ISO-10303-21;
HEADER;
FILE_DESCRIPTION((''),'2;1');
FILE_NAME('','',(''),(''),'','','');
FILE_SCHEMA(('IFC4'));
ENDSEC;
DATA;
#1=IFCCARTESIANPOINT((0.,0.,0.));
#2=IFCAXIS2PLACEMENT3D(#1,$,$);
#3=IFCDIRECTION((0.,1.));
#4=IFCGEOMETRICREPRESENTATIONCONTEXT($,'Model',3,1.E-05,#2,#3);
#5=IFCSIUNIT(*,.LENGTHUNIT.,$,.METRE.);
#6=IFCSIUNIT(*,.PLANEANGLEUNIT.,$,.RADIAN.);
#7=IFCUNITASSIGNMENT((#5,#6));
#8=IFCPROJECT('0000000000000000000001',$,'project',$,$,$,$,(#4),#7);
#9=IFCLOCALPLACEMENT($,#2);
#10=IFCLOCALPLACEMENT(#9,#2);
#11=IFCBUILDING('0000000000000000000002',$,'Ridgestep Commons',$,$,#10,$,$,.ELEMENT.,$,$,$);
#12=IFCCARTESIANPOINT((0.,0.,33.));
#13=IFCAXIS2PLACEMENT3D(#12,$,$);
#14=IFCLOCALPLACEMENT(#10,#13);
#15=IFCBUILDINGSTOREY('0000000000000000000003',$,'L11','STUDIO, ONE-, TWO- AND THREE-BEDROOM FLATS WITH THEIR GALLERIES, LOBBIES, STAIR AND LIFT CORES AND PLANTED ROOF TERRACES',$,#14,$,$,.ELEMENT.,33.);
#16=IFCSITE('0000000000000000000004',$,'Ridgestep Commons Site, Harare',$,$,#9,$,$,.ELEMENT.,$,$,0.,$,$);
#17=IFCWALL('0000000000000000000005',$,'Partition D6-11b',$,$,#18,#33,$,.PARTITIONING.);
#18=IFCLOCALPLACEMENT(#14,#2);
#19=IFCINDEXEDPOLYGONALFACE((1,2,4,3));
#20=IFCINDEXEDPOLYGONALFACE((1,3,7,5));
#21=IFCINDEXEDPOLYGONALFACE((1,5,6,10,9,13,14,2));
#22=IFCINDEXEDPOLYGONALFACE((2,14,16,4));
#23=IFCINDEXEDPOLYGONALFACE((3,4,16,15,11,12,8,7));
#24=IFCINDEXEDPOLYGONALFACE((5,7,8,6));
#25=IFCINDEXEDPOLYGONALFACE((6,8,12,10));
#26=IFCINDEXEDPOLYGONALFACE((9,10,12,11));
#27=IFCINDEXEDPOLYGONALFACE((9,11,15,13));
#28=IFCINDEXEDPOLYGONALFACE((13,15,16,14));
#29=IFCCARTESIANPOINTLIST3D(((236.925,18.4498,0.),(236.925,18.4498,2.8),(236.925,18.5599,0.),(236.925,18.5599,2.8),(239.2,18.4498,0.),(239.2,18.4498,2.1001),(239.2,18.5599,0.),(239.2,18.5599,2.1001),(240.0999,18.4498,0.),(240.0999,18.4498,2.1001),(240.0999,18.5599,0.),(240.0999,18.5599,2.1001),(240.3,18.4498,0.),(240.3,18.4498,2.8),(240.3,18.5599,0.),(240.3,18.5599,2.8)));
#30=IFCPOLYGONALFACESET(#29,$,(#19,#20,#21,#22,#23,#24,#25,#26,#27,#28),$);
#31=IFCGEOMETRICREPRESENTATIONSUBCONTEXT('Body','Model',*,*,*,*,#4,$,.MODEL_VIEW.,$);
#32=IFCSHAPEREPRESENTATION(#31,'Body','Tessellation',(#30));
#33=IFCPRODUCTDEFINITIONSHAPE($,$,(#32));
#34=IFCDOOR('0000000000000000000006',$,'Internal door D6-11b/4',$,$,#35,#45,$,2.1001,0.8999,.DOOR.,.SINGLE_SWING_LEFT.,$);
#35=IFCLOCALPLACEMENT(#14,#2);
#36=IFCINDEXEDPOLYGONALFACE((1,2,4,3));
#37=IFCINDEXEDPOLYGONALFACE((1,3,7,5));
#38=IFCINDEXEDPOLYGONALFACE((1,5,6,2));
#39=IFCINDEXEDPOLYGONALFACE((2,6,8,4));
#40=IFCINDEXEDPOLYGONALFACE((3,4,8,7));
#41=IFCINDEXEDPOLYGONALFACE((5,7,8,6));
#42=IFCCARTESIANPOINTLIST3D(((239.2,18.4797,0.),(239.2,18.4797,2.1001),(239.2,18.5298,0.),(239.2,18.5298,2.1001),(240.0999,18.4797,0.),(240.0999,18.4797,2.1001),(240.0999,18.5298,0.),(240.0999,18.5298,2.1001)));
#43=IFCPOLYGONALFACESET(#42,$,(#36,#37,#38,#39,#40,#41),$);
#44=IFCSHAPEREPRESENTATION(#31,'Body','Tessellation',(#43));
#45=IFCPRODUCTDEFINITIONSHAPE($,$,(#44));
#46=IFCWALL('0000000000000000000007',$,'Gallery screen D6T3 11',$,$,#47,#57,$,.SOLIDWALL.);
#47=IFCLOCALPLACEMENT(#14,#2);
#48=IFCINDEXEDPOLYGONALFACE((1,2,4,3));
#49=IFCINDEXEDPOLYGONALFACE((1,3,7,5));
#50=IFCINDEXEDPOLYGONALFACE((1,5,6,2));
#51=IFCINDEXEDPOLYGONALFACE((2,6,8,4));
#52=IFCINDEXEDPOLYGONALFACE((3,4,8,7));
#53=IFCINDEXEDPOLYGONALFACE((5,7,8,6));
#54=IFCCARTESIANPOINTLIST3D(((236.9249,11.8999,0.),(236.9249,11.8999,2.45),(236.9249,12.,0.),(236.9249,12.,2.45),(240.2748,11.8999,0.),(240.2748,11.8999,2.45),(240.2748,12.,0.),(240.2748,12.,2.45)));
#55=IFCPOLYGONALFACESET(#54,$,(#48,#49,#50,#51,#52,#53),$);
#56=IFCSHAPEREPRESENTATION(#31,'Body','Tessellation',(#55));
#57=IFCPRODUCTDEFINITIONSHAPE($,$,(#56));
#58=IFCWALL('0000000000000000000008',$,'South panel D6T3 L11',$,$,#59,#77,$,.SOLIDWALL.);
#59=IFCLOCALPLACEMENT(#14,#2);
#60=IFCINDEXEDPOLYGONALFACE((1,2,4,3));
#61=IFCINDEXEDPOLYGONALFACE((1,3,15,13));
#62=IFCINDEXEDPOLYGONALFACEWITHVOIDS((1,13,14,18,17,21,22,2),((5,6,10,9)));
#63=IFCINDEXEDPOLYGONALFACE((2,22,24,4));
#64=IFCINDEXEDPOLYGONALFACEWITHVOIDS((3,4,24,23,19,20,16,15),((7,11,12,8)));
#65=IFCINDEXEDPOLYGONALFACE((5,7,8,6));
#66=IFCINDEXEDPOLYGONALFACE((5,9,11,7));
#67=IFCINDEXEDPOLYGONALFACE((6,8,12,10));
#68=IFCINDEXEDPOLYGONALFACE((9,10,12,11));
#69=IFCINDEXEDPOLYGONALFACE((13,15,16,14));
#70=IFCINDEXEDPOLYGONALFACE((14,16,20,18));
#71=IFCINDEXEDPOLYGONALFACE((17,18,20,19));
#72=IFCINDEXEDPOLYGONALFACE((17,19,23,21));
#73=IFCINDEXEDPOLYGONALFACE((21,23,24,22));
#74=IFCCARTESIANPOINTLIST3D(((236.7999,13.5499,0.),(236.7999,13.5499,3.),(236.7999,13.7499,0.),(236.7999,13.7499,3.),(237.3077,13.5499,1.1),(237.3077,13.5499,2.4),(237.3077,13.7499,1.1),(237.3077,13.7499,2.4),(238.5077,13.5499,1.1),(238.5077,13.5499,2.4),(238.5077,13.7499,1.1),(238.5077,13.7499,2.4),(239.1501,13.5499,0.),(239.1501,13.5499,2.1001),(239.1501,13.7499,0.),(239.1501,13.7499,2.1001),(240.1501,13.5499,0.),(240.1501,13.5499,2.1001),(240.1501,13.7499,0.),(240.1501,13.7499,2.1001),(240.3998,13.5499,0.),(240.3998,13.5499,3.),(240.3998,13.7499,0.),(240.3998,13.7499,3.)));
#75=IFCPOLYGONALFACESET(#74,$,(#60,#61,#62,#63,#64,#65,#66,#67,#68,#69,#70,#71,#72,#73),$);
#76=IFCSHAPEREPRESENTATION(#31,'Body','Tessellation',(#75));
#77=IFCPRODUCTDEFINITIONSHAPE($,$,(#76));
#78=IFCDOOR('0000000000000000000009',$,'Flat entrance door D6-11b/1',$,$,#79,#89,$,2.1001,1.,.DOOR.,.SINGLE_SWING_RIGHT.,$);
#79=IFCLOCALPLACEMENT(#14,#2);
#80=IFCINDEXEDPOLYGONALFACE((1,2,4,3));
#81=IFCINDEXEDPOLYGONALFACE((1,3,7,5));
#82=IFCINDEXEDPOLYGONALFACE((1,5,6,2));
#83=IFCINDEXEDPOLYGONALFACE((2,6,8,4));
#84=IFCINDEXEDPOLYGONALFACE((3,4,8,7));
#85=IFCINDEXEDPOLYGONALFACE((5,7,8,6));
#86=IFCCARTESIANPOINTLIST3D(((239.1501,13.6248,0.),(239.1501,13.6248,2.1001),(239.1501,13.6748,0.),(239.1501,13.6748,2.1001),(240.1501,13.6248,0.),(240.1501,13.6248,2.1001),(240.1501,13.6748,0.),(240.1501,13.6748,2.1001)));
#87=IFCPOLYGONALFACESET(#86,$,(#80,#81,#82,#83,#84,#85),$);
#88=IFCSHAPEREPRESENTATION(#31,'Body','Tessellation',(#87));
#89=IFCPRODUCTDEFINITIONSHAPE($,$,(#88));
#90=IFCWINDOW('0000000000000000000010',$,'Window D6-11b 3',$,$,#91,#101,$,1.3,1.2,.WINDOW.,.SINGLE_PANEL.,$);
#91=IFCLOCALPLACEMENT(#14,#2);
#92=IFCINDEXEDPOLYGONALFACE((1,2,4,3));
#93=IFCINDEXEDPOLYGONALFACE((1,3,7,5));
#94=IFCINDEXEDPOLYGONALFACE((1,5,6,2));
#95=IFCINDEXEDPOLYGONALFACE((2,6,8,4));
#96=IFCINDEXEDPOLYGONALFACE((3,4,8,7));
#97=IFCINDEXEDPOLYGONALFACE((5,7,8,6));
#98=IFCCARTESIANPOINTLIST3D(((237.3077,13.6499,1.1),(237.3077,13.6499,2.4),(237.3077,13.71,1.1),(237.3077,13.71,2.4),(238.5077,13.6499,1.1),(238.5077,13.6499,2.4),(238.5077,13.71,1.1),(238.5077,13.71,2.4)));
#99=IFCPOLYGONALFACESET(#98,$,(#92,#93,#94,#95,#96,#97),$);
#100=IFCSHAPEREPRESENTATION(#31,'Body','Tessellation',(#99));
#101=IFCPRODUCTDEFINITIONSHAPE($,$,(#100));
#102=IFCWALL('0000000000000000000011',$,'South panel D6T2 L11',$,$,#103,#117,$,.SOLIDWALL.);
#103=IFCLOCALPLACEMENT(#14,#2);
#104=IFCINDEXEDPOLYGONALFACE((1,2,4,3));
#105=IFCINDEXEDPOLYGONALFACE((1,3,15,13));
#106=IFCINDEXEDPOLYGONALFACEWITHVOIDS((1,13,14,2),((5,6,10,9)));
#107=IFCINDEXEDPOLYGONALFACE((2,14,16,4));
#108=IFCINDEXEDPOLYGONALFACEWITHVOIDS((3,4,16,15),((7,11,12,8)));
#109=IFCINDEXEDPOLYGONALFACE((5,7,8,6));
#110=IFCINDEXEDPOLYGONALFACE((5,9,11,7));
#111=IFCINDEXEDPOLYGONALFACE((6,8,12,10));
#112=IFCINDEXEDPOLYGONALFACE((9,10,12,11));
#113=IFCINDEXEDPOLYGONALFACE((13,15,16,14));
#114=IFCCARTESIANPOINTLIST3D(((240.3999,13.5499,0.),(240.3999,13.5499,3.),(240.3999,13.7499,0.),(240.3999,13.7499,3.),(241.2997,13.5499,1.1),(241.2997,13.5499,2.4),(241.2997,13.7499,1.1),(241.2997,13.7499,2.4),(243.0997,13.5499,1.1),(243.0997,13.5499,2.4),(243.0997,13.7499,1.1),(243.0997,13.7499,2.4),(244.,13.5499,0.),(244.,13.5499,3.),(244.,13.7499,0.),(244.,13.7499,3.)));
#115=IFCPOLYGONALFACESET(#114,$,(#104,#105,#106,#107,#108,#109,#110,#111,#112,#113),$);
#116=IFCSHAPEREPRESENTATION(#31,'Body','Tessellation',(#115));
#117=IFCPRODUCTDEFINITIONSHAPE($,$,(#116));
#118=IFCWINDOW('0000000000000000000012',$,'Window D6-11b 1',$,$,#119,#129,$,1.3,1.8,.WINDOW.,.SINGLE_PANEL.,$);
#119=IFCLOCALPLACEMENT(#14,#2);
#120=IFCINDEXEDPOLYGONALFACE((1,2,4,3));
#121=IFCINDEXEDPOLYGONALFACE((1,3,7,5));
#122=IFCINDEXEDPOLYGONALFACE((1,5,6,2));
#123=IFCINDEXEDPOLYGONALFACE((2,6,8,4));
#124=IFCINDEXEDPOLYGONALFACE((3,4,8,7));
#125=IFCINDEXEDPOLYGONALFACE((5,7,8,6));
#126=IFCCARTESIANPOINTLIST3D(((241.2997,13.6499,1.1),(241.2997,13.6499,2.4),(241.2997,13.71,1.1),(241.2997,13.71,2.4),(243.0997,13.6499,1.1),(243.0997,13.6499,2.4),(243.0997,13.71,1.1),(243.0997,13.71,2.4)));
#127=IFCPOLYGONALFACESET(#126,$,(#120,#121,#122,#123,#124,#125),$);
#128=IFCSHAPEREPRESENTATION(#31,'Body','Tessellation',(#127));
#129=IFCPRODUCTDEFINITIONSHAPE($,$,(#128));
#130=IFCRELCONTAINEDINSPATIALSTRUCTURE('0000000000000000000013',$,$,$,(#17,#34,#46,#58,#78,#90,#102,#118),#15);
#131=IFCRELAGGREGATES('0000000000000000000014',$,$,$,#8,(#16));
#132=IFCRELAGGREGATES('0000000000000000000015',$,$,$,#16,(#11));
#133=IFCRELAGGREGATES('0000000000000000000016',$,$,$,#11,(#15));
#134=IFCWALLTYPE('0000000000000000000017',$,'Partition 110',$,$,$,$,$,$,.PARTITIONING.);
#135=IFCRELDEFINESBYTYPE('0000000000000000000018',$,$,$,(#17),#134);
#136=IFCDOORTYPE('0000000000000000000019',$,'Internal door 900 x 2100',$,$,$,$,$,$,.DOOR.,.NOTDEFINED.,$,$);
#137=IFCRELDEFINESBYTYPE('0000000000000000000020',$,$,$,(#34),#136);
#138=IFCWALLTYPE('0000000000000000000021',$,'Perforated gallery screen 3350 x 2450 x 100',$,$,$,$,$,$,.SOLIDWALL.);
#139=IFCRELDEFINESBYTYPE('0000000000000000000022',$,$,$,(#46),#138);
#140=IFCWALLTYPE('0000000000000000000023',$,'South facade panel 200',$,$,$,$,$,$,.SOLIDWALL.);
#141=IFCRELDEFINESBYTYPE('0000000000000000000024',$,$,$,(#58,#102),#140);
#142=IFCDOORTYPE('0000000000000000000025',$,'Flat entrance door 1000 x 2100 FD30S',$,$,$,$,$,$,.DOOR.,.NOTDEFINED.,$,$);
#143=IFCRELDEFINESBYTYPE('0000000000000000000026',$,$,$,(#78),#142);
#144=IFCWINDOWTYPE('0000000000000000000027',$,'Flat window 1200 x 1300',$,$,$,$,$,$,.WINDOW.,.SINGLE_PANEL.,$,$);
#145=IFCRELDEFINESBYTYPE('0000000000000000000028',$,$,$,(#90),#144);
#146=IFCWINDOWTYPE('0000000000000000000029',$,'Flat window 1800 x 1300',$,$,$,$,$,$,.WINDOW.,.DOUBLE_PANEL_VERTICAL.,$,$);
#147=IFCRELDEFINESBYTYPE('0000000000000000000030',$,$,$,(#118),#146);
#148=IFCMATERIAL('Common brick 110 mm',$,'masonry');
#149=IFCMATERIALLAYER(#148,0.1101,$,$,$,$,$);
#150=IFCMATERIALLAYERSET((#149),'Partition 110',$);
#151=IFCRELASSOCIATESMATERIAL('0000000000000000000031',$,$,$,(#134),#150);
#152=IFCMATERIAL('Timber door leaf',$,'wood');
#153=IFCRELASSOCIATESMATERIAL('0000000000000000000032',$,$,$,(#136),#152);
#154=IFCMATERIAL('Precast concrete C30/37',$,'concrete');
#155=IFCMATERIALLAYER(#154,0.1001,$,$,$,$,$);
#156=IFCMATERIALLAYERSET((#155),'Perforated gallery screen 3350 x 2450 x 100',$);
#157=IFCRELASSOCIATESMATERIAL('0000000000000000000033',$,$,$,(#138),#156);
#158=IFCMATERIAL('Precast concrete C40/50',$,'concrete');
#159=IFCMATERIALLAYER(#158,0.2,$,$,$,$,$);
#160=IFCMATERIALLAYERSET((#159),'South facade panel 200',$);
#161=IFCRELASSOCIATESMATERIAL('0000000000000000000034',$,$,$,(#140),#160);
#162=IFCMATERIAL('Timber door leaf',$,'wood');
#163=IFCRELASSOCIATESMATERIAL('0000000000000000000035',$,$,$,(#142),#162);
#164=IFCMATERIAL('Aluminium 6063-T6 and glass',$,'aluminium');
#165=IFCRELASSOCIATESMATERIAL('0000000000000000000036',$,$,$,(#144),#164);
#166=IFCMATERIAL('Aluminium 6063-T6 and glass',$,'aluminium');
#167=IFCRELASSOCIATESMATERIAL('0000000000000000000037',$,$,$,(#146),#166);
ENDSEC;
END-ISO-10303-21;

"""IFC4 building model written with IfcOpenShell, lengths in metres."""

from ifc_helpers import new_model, si_unit, direction, frame, frame_2d, origin, place, context, subcontext, project, spatial, rectangle, extrude, material, layer, layer_set, type_object, element, fill, save


model = new_model("IFC4")

# Units and contexts
model_context = context("Model", 3, precision=1e-05, world=origin(), true_north=direction((0.0, 1.0)))
body_context = subcontext(model_context, "Body", "Model", "MODEL_VIEW")
ifc_project = project(units=[si_unit("LENGTHUNIT", "METRE"), si_unit("PLANEANGLEUNIT", "RADIAN")], contexts=[model_context])

# Site, building, storey
site_placement = place(None, origin())
site = spatial("IfcSite", under=ifc_project, at=site_placement, Name="Ridgestep Commons Site, Harare", CompositionType="ELEMENT", RefElevation=0.0)
building_placement = place(site_placement, origin())
building = spatial("IfcBuilding", under=site, at=building_placement, Name="Ridgestep Commons", CompositionType="ELEMENT")
storey_placement = place(building_placement, frame((0.0, 0.0, 33.0)))
storey = spatial("IfcBuildingStorey", under=building, at=storey_placement, Name="L11", Description="STUDIO, ONE-, TWO- AND THREE-BEDROOM FLATS WITH THEIR GALLERIES, LOBBIES, STAIR AND LIFT CORES AND PLANTED ROOF TERRACES", CompositionType="ELEMENT", Elevation=33.0)

# Shared definitions
ifc_material_1 = material(Name="Common brick 110 mm", Category="masonry")
ifc_layer_1 = layer(ifc_material_1, 0.1101)
ifc_layer_set_1 = layer_set([ifc_layer_1], Name="Partition 110")
wall_type_1 = type_object("IfcWallType", Name="Partition 110", PredefinedType="PARTITIONING", material=ifc_layer_set_1)

# Wall, opening, door
wall_1_placement = place(storey_placement, frame((236.925, 18.5049, 0.0), z_axis=(0.0, 0.0, 1.0), x_axis=(1.0, 0.0, 0.0)))
wall_1 = element("IfcWall", 1, at=wall_1_placement, inside=storey, type_object=wall_type_1, Name="Partition D6-11b", PredefinedType="PARTITIONING", context=body_context, shape_type="SweptSolid", body=[
    extrude(rectangle(XDim=3.375, YDim=0.1101, at=frame_2d((1.6875, 0.0))), origin(), (0.0, 0.0, 1.0), 2.8),
])
opening_1_placement = place(wall_1_placement, frame((2.2749, 0.0, 0.0)))
opening_1 = element("IfcOpeningElement", 2, at=opening_1_placement, cuts=wall_1, PredefinedType="OPENING", context=body_context, shape_type="SweptSolid", body=[
    extrude(rectangle(XDim=0.8999, YDim=2.1001, at=frame_2d((0.45, 1.05))), frame((0.0, 0.0649, 0.0), z_axis=(0.0, -1.0, 0.0), x_axis=(1.0, 0.0, 0.0)), (0.0, 0.0, 1.0), 0.1301),
])
ifc_material_2 = material(Name="Timber door leaf", Category="wood")
door_type_1 = type_object("IfcDoorType", Name="Internal door 900 x 2100", OperationType="NOTDEFINED", PredefinedType="DOOR", material=ifc_material_2)
door_1_placement = place(opening_1_placement, origin())
door_1 = element("IfcDoor", 3, at=door_1_placement, inside=storey, type_object=door_type_1, Name="Internal door D6-11b/4", OperationType="SINGLE_SWING_LEFT", OverallHeight=2.1001, OverallWidth=0.8999, PredefinedType="DOOR", context=body_context, shape_type="SweptSolid", body=[
    extrude(rectangle(XDim=0.8999, YDim=2.1001, at=frame_2d((0.45, 1.05))), frame((0.0, 0.0249, 0.0), z_axis=(0.0, -1.0, 0.0), x_axis=(1.0, 0.0, 0.0)), (0.0, 0.0, 1.0), 0.05),
])
fill(opening_1, door_1)

# Wall
ifc_material_3 = material(Name="Precast concrete C30/37", Category="concrete")
ifc_layer_2 = layer(ifc_material_3, 0.1001)
ifc_layer_set_2 = layer_set([ifc_layer_2], Name="Perforated gallery screen 3350 x 2450 x 100")
wall_type_2 = type_object("IfcWallType", Name="Perforated gallery screen 3350 x 2450 x 100", PredefinedType="SOLIDWALL", material=ifc_layer_set_2)
wall_2_placement = place(storey_placement, frame((236.925, 11.95, 0.0), z_axis=(0.0, 0.0, 1.0), x_axis=(1.0, 0.0, 0.0)))
element("IfcWall", 4, at=wall_2_placement, inside=storey, type_object=wall_type_2, Name="Gallery screen D6T3 11", PredefinedType="SOLIDWALL", context=body_context, shape_type="SweptSolid", body=[
    extrude(rectangle(XDim=3.3499, YDim=0.1001, at=frame_2d((1.6748, 0.0))), origin(), (0.0, 0.0, 1.0), 2.45),
])

# Wall, openings, door, window
ifc_material_4 = material(Name="Precast concrete C40/50", Category="concrete")
ifc_layer_3 = layer(ifc_material_4, 0.2)
ifc_layer_set_3 = layer_set([ifc_layer_3], Name="South facade panel 200")
wall_type_3 = type_object("IfcWallType", Name="South facade panel 200", PredefinedType="SOLIDWALL", material=ifc_layer_set_3)
wall_3_placement = place(storey_placement, frame((236.8, 13.6499, 0.0), z_axis=(0.0, 0.0, 1.0), x_axis=(1.0, 0.0, 0.0)))
wall_3 = element("IfcWall", 5, at=wall_3_placement, inside=storey, type_object=wall_type_3, Name="South panel D6T3 L11", PredefinedType="SOLIDWALL", context=body_context, shape_type="SweptSolid", body=[
    extrude(rectangle(XDim=3.5999, YDim=0.2, at=frame_2d((1.7998, 0.0))), origin(), (0.0, 0.0, 1.0), 3.0),
])
opening_2_placement = place(wall_3_placement, frame((0.5076, 0.0, 1.1001)))
opening_2 = element("IfcOpeningElement", 6, at=opening_2_placement, cuts=wall_3, PredefinedType="OPENING", context=body_context, shape_type="SweptSolid", body=[
    extrude(rectangle(XDim=1.2, YDim=1.3, at=frame_2d((0.6001, 0.6499))), frame((0.0, 0.1099, 0.0), z_axis=(0.0, -1.0, 0.0), x_axis=(1.0, 0.0, 0.0)), (0.0, 0.0, 1.0), 0.22),
])
opening_3_placement = place(wall_3_placement, frame((2.3501, 0.0, 0.0)))
opening_3 = element("IfcOpeningElement", 7, at=opening_3_placement, cuts=wall_3, PredefinedType="OPENING", context=body_context, shape_type="SweptSolid", body=[
    extrude(rectangle(XDim=1.0, YDim=2.1001, at=frame_2d((0.5, 1.05))), frame((0.0, 0.1099, 0.0), z_axis=(0.0, -1.0, 0.0), x_axis=(1.0, 0.0, 0.0)), (0.0, 0.0, 1.0), 0.22),
])
ifc_material_5 = material(Name="Timber door leaf", Category="wood")
door_type_2 = type_object("IfcDoorType", Name="Flat entrance door 1000 x 2100 FD30S", OperationType="NOTDEFINED", PredefinedType="DOOR", material=ifc_material_5)
door_2_placement = place(opening_3_placement, origin())
door_2 = element("IfcDoor", 8, at=door_2_placement, inside=storey, type_object=door_type_2, Name="Flat entrance door D6-11b/1", OperationType="SINGLE_SWING_RIGHT", OverallHeight=2.1001, OverallWidth=1.0, PredefinedType="DOOR", context=body_context, shape_type="SweptSolid", body=[
    extrude(rectangle(XDim=1.0, YDim=2.1001, at=frame_2d((0.5, 1.05))), frame((0.0, 0.0249, 0.0), z_axis=(0.0, -1.0, 0.0), x_axis=(1.0, 0.0, 0.0)), (0.0, 0.0, 1.0), 0.05),
])
fill(opening_3, door_2)
ifc_material_6 = material(Name="Aluminium 6063-T6 and glass", Category="aluminium")
window_type_1 = type_object("IfcWindowType", Name="Flat window 1200 x 1300", PartitioningType="SINGLE_PANEL", PredefinedType="WINDOW", material=ifc_material_6)
window_1_placement = place(opening_2_placement, origin())
window_1 = element("IfcWindow", 9, at=window_1_placement, inside=storey, type_object=window_type_1, Name="Window D6-11b 3", OverallHeight=1.3, OverallWidth=1.2, PartitioningType="SINGLE_PANEL", PredefinedType="WINDOW", context=body_context, shape_type="SweptSolid", body=[
    extrude(rectangle(XDim=1.2, YDim=1.3, at=frame_2d((0.6001, 0.6499))), frame((0.0, 0.0601, 0.0), z_axis=(0.0, -1.0, 0.0), x_axis=(1.0, 0.0, 0.0)), (0.0, 0.0, 1.0), 0.0601),
])
fill(opening_2, window_1)

# Wall, opening, window
wall_4_placement = place(storey_placement, frame((240.3999, 13.6499, 0.0), z_axis=(0.0, 0.0, 1.0), x_axis=(1.0, 0.0, 0.0)))
wall_4 = element("IfcWall", 10, at=wall_4_placement, inside=storey, type_object=wall_type_3, Name="South panel D6T2 L11", PredefinedType="SOLIDWALL", context=body_context, shape_type="SweptSolid", body=[
    extrude(rectangle(XDim=3.6001, YDim=0.2, at=frame_2d((1.8, 0.0))), origin(), (0.0, 0.0, 1.0), 3.0),
])
opening_4_placement = place(wall_4_placement, frame((0.8999, 0.0, 1.1001)))
opening_4 = element("IfcOpeningElement", 11, at=opening_4_placement, cuts=wall_4, PredefinedType="OPENING", context=body_context, shape_type="SweptSolid", body=[
    extrude(rectangle(XDim=1.8, YDim=1.3, at=frame_2d((0.8999, 0.6499))), frame((0.0, 0.1099, 0.0), z_axis=(0.0, -1.0, 0.0), x_axis=(1.0, 0.0, 0.0)), (0.0, 0.0, 1.0), 0.22),
])
ifc_material_7 = material(Name="Aluminium 6063-T6 and glass", Category="aluminium")
window_type_2 = type_object("IfcWindowType", Name="Flat window 1800 x 1300", PartitioningType="DOUBLE_PANEL_VERTICAL", PredefinedType="WINDOW", material=ifc_material_7)
window_2_placement = place(opening_4_placement, origin())
window_2 = element("IfcWindow", 12, at=window_2_placement, inside=storey, type_object=window_type_2, Name="Window D6-11b 1", OverallHeight=1.3, OverallWidth=1.8, PartitioningType="SINGLE_PANEL", PredefinedType="WINDOW", context=body_context, shape_type="SweptSolid", body=[
    extrude(rectangle(XDim=1.8, YDim=1.3, at=frame_2d((0.8999, 0.6499))), frame((0.0, 0.0601, 0.0), z_axis=(0.0, -1.0, 0.0), x_axis=(1.0, 0.0, 0.0)), (0.0, 0.0, 1.0), 0.0601),
])
fill(opening_4, window_2)

save(model, "model.ifc")
